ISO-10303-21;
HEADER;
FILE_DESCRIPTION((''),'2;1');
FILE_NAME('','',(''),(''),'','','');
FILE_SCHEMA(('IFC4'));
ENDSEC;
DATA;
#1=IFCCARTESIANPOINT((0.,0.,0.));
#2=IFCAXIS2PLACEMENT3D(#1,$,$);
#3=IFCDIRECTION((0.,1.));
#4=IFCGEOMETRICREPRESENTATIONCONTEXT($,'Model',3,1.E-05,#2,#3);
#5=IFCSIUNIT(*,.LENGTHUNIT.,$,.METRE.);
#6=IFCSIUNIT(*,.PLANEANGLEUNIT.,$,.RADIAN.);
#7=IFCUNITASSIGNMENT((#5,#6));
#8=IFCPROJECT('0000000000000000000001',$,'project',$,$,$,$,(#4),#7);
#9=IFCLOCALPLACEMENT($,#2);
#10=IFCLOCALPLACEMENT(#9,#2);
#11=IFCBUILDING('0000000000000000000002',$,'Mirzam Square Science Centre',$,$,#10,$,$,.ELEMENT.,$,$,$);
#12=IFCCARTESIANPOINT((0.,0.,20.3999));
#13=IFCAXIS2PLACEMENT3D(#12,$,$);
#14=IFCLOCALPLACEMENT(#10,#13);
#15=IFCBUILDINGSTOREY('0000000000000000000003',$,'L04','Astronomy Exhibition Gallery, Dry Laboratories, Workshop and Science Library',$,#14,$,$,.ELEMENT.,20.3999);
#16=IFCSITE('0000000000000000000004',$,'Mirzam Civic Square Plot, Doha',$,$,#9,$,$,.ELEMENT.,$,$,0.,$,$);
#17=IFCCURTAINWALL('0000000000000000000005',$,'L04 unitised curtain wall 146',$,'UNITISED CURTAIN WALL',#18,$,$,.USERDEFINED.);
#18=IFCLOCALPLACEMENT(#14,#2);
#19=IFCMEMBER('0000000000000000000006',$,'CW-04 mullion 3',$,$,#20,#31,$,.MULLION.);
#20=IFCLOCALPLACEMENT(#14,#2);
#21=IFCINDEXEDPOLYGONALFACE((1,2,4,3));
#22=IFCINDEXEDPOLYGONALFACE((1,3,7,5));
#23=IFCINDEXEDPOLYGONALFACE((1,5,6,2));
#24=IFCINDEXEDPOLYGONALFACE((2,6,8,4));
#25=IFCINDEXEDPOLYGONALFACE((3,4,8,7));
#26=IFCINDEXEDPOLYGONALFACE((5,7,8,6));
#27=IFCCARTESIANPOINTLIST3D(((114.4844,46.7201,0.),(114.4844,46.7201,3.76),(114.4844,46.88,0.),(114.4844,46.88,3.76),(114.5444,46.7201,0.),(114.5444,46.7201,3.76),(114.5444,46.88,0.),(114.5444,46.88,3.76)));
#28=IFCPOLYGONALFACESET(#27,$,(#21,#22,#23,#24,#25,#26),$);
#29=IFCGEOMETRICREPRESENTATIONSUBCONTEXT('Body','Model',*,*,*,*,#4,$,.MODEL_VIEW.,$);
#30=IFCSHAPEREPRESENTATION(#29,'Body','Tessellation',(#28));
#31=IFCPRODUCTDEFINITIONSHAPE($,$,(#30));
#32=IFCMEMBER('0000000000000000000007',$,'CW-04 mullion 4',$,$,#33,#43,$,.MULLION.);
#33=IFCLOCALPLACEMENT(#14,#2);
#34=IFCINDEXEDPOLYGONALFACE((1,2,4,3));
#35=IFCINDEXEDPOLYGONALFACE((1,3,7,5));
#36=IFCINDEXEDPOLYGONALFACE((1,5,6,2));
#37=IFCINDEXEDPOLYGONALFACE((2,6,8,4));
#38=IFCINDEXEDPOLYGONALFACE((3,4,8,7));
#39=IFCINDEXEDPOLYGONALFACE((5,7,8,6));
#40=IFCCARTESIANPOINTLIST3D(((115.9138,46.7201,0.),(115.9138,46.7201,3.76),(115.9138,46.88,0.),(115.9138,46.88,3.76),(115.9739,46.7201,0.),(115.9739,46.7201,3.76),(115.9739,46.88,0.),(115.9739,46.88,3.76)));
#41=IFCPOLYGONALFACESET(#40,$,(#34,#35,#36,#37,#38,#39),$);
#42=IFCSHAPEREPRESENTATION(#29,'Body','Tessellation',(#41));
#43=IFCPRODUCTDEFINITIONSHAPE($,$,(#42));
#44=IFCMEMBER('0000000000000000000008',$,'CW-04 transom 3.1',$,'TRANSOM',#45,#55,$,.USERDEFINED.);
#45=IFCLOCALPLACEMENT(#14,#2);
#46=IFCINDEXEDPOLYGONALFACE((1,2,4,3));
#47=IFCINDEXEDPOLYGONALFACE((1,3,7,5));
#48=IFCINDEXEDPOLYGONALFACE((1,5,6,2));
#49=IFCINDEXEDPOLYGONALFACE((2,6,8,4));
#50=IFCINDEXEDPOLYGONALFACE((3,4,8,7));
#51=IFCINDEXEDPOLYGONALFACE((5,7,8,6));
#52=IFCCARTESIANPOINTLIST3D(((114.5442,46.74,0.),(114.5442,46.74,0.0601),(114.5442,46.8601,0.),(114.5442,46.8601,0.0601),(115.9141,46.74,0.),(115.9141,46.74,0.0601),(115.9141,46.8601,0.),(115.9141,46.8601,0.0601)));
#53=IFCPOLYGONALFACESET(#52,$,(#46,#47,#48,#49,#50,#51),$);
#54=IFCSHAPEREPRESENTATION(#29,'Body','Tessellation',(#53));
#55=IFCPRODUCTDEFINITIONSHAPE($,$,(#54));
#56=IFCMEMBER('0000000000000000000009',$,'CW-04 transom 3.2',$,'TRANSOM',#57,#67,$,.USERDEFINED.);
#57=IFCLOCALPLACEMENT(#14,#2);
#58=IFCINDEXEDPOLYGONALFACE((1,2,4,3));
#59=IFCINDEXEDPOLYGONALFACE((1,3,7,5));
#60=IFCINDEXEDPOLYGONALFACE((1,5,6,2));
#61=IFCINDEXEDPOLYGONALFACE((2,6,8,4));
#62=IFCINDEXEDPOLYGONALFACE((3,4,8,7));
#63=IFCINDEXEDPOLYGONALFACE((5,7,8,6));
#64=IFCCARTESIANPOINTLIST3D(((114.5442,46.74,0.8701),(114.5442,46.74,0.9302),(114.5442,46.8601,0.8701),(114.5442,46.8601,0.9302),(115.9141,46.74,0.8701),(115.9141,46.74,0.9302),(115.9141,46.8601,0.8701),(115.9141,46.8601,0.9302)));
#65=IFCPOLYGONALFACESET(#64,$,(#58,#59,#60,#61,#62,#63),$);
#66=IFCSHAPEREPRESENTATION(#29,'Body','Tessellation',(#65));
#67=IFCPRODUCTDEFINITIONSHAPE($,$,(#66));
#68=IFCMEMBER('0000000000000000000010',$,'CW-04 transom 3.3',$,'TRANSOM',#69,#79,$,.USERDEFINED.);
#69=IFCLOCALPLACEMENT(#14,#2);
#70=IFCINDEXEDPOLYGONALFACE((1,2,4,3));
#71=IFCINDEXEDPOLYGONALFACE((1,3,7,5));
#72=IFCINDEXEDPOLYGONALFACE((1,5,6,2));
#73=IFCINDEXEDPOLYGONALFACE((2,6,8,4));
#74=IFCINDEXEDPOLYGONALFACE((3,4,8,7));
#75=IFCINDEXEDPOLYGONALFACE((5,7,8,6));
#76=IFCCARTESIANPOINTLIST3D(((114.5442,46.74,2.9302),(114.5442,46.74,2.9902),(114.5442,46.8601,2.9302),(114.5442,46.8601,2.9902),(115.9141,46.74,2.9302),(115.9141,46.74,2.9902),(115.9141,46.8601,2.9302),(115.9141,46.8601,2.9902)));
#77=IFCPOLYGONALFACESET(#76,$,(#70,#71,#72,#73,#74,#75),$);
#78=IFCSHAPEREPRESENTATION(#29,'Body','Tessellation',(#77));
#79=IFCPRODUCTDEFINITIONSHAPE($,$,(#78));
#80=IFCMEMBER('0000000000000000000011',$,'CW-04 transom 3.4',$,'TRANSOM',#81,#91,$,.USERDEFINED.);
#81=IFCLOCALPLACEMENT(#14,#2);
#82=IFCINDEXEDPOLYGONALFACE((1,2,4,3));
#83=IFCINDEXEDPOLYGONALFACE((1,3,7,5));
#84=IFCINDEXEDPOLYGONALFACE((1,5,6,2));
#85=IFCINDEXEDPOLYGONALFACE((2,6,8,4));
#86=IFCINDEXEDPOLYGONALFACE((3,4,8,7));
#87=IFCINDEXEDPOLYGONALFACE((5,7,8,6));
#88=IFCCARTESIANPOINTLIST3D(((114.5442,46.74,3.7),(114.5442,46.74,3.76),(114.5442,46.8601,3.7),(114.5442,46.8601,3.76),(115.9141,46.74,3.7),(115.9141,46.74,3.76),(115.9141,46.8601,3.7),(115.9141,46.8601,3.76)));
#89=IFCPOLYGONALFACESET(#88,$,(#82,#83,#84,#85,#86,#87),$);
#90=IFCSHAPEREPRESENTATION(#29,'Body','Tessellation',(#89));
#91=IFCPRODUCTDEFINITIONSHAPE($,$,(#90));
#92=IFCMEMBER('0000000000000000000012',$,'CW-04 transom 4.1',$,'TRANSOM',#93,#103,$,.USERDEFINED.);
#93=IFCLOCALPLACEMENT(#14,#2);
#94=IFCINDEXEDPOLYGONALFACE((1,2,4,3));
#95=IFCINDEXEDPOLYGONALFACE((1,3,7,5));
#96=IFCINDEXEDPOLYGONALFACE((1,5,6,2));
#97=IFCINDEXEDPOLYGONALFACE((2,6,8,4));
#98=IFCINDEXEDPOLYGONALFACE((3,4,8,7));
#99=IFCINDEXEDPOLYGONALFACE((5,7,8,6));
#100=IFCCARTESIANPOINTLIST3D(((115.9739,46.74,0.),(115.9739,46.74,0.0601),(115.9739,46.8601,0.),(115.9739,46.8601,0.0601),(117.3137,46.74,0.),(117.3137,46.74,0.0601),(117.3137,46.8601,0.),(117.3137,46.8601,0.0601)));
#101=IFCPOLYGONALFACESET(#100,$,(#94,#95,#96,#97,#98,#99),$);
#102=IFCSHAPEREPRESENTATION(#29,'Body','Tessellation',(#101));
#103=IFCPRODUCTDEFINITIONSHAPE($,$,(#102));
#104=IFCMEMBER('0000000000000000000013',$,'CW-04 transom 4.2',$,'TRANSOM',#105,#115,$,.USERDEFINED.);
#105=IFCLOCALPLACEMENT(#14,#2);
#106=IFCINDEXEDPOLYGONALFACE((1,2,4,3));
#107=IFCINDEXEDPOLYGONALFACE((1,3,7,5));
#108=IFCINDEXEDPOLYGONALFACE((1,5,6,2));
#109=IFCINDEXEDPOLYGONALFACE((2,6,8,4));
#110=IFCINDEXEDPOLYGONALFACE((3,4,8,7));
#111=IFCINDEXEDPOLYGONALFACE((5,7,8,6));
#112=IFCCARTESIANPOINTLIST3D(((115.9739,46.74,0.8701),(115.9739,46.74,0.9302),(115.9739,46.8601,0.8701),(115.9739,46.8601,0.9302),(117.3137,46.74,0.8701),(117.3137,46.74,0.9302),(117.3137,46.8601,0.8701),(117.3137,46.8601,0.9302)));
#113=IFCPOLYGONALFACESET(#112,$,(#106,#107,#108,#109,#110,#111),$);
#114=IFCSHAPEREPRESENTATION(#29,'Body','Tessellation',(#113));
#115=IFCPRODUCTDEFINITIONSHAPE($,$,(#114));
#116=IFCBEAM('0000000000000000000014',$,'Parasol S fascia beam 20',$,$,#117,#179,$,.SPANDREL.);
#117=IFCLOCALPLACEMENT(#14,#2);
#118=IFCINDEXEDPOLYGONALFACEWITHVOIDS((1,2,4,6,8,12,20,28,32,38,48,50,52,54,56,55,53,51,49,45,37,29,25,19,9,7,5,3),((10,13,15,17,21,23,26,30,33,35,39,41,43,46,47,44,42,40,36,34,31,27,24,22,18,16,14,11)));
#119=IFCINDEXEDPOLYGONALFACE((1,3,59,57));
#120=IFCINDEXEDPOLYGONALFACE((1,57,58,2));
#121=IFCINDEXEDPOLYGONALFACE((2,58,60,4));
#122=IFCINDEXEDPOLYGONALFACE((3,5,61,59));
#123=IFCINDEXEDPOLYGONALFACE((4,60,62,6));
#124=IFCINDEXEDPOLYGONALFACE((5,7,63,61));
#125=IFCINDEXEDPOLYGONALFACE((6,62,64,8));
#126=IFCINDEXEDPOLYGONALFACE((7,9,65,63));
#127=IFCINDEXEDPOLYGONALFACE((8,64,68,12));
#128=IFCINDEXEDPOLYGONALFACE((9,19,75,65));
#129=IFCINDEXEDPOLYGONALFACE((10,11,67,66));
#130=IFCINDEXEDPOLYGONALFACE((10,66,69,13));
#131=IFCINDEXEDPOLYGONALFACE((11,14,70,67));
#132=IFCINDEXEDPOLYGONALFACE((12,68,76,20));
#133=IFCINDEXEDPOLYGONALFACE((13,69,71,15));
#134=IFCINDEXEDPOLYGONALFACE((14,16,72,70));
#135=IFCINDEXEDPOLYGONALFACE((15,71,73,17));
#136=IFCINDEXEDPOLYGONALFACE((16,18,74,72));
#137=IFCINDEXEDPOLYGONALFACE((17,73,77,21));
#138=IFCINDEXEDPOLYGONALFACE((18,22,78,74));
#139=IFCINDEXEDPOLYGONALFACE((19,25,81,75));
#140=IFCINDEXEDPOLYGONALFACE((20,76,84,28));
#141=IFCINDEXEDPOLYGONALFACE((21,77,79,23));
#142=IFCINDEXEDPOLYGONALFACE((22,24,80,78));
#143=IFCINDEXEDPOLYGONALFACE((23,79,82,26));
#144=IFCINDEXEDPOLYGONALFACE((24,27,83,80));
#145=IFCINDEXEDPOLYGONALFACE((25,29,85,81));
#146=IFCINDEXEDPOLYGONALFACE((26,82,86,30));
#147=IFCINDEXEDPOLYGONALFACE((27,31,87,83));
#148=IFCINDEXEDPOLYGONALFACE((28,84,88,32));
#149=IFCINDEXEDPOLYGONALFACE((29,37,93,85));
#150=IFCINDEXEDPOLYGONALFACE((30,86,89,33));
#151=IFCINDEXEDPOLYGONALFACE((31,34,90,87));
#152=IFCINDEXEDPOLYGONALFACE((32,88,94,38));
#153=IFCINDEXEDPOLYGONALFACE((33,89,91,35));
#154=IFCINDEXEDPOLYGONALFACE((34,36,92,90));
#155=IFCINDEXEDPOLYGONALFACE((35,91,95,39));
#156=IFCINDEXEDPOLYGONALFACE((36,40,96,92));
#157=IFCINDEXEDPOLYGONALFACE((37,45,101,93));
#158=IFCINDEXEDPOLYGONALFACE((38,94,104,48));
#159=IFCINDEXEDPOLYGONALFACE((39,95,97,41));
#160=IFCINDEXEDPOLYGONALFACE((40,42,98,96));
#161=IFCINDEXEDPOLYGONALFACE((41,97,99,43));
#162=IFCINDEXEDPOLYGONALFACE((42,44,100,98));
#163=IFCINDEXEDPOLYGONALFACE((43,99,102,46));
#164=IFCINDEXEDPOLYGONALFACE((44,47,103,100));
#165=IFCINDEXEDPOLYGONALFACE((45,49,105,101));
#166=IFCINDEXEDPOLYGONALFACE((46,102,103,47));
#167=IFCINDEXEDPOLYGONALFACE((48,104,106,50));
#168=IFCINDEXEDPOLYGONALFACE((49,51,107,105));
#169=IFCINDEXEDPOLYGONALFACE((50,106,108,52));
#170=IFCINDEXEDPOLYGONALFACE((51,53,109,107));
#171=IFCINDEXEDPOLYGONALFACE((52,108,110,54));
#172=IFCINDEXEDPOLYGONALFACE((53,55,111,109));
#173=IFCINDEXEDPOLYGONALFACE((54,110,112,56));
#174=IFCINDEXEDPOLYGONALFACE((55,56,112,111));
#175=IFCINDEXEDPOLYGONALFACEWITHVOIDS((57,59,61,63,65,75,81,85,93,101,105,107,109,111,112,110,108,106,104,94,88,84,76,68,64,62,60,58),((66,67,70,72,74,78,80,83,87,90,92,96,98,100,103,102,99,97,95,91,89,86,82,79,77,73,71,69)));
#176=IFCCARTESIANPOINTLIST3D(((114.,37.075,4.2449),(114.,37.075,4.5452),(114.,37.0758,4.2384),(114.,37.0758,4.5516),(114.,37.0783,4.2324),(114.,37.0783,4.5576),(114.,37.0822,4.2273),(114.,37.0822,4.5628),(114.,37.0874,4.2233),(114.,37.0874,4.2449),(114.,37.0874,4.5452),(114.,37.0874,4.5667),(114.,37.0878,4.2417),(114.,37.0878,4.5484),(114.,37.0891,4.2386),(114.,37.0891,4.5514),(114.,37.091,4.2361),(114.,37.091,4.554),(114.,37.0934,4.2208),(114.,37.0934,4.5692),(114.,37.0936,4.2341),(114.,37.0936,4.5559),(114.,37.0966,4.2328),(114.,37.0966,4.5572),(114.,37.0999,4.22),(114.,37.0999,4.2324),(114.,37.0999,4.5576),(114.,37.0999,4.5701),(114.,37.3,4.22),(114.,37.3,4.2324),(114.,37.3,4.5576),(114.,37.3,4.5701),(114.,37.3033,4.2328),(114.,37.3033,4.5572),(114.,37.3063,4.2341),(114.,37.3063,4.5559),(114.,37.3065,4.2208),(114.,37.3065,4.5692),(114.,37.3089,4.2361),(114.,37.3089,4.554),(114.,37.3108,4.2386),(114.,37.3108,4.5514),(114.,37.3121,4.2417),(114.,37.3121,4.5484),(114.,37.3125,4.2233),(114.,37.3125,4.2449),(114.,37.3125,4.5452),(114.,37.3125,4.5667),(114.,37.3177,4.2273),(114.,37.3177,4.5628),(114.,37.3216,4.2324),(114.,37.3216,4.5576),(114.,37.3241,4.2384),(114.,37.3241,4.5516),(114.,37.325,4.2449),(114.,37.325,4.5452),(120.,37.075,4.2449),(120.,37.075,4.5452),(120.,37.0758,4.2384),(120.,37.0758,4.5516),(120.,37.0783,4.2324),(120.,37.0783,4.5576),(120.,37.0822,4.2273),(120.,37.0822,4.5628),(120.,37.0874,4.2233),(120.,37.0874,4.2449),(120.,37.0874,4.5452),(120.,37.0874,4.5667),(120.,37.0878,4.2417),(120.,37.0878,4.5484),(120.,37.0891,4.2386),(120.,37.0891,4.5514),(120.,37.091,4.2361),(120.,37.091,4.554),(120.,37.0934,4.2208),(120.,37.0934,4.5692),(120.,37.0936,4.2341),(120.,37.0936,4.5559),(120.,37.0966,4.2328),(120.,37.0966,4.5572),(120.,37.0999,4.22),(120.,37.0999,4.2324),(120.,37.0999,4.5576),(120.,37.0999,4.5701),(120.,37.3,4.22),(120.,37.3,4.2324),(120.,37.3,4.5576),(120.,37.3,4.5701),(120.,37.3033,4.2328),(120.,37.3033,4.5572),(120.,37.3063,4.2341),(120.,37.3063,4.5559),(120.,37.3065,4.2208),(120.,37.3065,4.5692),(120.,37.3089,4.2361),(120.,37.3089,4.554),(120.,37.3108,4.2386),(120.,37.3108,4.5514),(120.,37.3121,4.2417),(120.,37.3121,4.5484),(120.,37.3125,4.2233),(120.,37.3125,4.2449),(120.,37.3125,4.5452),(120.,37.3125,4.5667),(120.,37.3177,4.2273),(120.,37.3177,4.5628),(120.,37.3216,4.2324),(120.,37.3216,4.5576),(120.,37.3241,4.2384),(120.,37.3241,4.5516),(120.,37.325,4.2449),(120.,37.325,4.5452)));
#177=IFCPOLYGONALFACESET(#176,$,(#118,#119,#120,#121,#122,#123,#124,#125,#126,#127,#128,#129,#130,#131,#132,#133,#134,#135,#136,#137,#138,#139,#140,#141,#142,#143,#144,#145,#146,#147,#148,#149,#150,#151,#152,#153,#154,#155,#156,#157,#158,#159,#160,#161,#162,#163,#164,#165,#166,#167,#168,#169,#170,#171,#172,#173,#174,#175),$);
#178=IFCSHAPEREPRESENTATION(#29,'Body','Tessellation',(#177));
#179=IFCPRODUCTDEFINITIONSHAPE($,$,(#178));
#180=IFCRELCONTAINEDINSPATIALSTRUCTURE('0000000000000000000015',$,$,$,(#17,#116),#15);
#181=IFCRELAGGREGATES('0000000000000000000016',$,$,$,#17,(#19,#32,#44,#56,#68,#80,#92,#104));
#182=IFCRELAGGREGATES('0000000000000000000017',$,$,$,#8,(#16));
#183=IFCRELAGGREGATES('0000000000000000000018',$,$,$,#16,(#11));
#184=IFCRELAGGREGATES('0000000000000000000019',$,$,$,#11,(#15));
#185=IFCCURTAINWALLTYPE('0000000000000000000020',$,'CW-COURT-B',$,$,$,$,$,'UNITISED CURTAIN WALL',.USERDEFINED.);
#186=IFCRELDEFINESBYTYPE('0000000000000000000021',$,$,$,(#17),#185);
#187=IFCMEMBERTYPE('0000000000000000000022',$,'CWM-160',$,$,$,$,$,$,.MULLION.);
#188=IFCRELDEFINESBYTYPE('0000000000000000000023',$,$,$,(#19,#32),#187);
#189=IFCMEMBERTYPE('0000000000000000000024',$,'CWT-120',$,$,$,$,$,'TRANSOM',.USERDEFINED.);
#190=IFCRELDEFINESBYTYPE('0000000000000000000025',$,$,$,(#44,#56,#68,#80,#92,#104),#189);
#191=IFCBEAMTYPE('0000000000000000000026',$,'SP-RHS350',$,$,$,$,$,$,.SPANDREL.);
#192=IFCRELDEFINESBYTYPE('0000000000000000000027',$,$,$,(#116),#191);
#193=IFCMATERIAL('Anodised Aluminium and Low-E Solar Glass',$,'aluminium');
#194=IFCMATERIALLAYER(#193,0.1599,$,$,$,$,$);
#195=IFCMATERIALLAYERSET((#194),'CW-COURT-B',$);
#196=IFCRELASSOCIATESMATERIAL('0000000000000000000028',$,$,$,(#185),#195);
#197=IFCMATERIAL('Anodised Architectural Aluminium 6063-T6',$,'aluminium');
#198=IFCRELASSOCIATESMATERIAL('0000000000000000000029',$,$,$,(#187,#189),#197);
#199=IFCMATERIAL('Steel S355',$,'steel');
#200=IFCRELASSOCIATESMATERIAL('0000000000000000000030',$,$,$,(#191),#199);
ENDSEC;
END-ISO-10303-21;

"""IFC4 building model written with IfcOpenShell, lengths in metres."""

from ifc_helpers import new_model, si_unit, direction, frame, origin, origin_2d, place, context, subcontext, project, spatial, rectangle, hollow_rectangle, extrude, material, layer, layer_set, material_profile, profile_set, type_object, element, aggregate, save


model = new_model("IFC4")

# Units and contexts
model_context = context("Model", 3, precision=1e-05, world=origin(), true_north=direction((0.0, 1.0)))
body_context = subcontext(model_context, "Body", "Model", "MODEL_VIEW")
ifc_project = project(units=[si_unit("LENGTHUNIT", "METRE"), si_unit("PLANEANGLEUNIT", "RADIAN")], contexts=[model_context])

# Site, building, storey
site_placement = place(None, origin())
site = spatial("IfcSite", under=ifc_project, at=site_placement, Name="Mirzam Civic Square Plot, Doha", CompositionType="ELEMENT", RefElevation=0.0)
building_placement = place(site_placement, origin())
building = spatial("IfcBuilding", under=site, at=building_placement, Name="Mirzam Square Science Centre", CompositionType="ELEMENT")
storey_placement = place(building_placement, frame((0.0, 0.0, 20.3999)))
storey = spatial("IfcBuildingStorey", under=building, at=storey_placement, Name="L04", Description="Astronomy Exhibition Gallery, Dry Laboratories, Workshop and Science Library", CompositionType="ELEMENT", Elevation=20.3999)

# Shared definitions
ifc_material_1 = material(Name="Steel S355", Category="steel")

# Curtain wall, members
ifc_material_2 = material(Name="Anodised Aluminium and Low-E Solar Glass", Category="aluminium")
ifc_layer_1 = layer(ifc_material_2, 0.1599)
ifc_layer_set_1 = layer_set([ifc_layer_1], Name="CW-COURT-B")
curtain_wall_type = type_object("IfcCurtainWallType", Name="CW-COURT-B", ElementType="UNITISED CURTAIN WALL", PredefinedType="USERDEFINED", material=ifc_layer_set_1)
curtain_wall_placement = place(storey_placement, origin())
curtain_wall = element("IfcCurtainWall", 1, at=curtain_wall_placement, inside=storey, type_object=curtain_wall_type, Name="L04 unitised curtain wall 146", ObjectType="UNITISED CURTAIN WALL", PredefinedType="USERDEFINED")
ifc_material_3 = material(Name="Anodised Architectural Aluminium 6063-T6", Category="aluminium")
ifc_material_profile_1 = material_profile(ifc_material_3, rectangle(XDim=0.0601, YDim=0.1599, at=origin_2d()), Name="ALU-MULL-160x60x4")
ifc_profile_set_1 = profile_set([ifc_material_profile_1], Name="Anodised Architectural Aluminium 6063-T6")
member_type_1 = type_object("IfcMemberType", Name="CWM-160", PredefinedType="MULLION", material=ifc_profile_set_1)
member_1_placement = place(storey_placement, frame((114.5144, 46.8, 0.0), z_axis=(0.0, 0.0, 1.0), x_axis=(1.0, 0.0, 0.0)))
member_1 = element("IfcMember", 2, at=member_1_placement, type_object=member_type_1, Name="CW-04 mullion 3", PredefinedType="MULLION", context=body_context, shape_type="SweptSolid", body=[
    extrude(rectangle(XDim=0.0601, YDim=0.1599, at=origin_2d()), origin(), (0.0, 0.0, 1.0), 3.76),
])
member_2_placement = place(storey_placement, frame((115.9438, 46.8, 0.0), z_axis=(0.0, 0.0, 1.0), x_axis=(1.0, 0.0, 0.0)))
member_2 = element("IfcMember", 3, at=member_2_placement, type_object=member_type_1, Name="CW-04 mullion 4", PredefinedType="MULLION", context=body_context, shape_type="SweptSolid", body=[
    extrude(rectangle(XDim=0.0601, YDim=0.1599, at=origin_2d()), origin(), (0.0, 0.0, 1.0), 3.76),
])
ifc_material_profile_2 = material_profile(ifc_material_3, rectangle(XDim=0.1201, YDim=0.0601, at=origin_2d()), Name="ALU-TRAN-120x60x4")
ifc_profile_set_2 = profile_set([ifc_material_profile_2], Name="Anodised Architectural Aluminium 6063-T6")
member_type_2 = type_object("IfcMemberType", Name="CWT-120", ElementType="TRANSOM", PredefinedType="USERDEFINED", material=ifc_profile_set_2)
member_3_placement = place(storey_placement, frame((114.5442, 46.8, 0.03), z_axis=(1.0, 0.0, 0.0), x_axis=(0.0, 1.0, 0.0)))
member_3 = element("IfcMember", 4, at=member_3_placement, type_object=member_type_2, Name="CW-04 transom 3.1", ObjectType="TRANSOM", PredefinedType="USERDEFINED", context=body_context, shape_type="SweptSolid", body=[
    extrude(rectangle(XDim=0.1201, YDim=0.0601, at=origin_2d()), origin(), (0.0, 0.0, 1.0), 1.3699),
])
member_4_placement = place(storey_placement, frame((114.5442, 46.8, 0.9001), z_axis=(1.0, 0.0, 0.0), x_axis=(0.0, 1.0, 0.0)))
member_4 = element("IfcMember", 5, at=member_4_placement, type_object=member_type_2, Name="CW-04 transom 3.2", ObjectType="TRANSOM", PredefinedType="USERDEFINED", context=body_context, shape_type="SweptSolid", body=[
    extrude(rectangle(XDim=0.1201, YDim=0.0601, at=origin_2d()), origin(), (0.0, 0.0, 1.0), 1.3699),
])
member_5_placement = place(storey_placement, frame((114.5442, 46.8, 2.9602), z_axis=(1.0, 0.0, 0.0), x_axis=(0.0, 1.0, 0.0)))
member_5 = element("IfcMember", 6, at=member_5_placement, type_object=member_type_2, Name="CW-04 transom 3.3", ObjectType="TRANSOM", PredefinedType="USERDEFINED", context=body_context, shape_type="SweptSolid", body=[
    extrude(rectangle(XDim=0.1201, YDim=0.0601, at=origin_2d()), origin(), (0.0, 0.0, 1.0), 1.3699),
])
member_6_placement = place(storey_placement, frame((114.5442, 46.8, 3.73), z_axis=(1.0, 0.0, 0.0), x_axis=(0.0, 1.0, 0.0)))
member_6 = element("IfcMember", 7, at=member_6_placement, type_object=member_type_2, Name="CW-04 transom 3.4", ObjectType="TRANSOM", PredefinedType="USERDEFINED", context=body_context, shape_type="SweptSolid", body=[
    extrude(rectangle(XDim=0.1201, YDim=0.0601, at=origin_2d()), origin(), (0.0, 0.0, 1.0), 1.3699),
])
member_7_placement = place(storey_placement, frame((115.9739, 46.8, 0.03), z_axis=(1.0, 0.0, 0.0), x_axis=(0.0, 1.0, 0.0)))
member_7 = element("IfcMember", 8, at=member_7_placement, type_object=member_type_2, Name="CW-04 transom 4.1", ObjectType="TRANSOM", PredefinedType="USERDEFINED", context=body_context, shape_type="SweptSolid", body=[
    extrude(rectangle(XDim=0.1201, YDim=0.0601, at=origin_2d()), origin(), (0.0, 0.0, 1.0), 1.3398),
])
member_8_placement = place(storey_placement, frame((115.9739, 46.8, 0.9001), z_axis=(1.0, 0.0, 0.0), x_axis=(0.0, 1.0, 0.0)))
member_8 = element("IfcMember", 9, at=member_8_placement, type_object=member_type_2, Name="CW-04 transom 4.2", ObjectType="TRANSOM", PredefinedType="USERDEFINED", context=body_context, shape_type="SweptSolid", body=[
    extrude(rectangle(XDim=0.1201, YDim=0.0601, at=origin_2d()), origin(), (0.0, 0.0, 1.0), 1.3398),
])

# Beam
ifc_material_profile_3 = material_profile(ifc_material_1, hollow_rectangle(XDim=0.25, YDim=0.3501, WallThickness=0.0125, InnerFilletRadius=0.0125, OuterFilletRadius=0.0249, at=origin_2d()), Name="350x250x12.5RHS")
ifc_profile_set_3 = profile_set([ifc_material_profile_3], Name="Steel S355")
beam_type_1 = type_object("IfcBeamType", Name="SP-RHS350", PredefinedType="SPANDREL", material=ifc_profile_set_3)
for number, where, z_axis, x_axis, name in (
    (10, (114.0, 37.2, 4.395), (1.0, 0.0, 0.0), (0.0, 1.0, 0.0), "Parasol S fascia beam 20"),
):
    element("IfcBeam", number, at=place(storey_placement, frame(where, z_axis=z_axis, x_axis=x_axis)), inside=storey, type_object=beam_type_1, Name=name, PredefinedType="SPANDREL", context=body_context, shape_type="SweptSolid", body=[
        extrude(hollow_rectangle(XDim=0.25, YDim=0.3501, WallThickness=0.0125, InnerFilletRadius=0.0125, OuterFilletRadius=0.0249, at=origin_2d()), origin(), (0.0, 0.0, 1.0), 6.0),
    ])

aggregate(curtain_wall, [member_1, member_2, member_3, member_4, member_5, member_6, member_7, member_8])

save(model, "model.ifc")
